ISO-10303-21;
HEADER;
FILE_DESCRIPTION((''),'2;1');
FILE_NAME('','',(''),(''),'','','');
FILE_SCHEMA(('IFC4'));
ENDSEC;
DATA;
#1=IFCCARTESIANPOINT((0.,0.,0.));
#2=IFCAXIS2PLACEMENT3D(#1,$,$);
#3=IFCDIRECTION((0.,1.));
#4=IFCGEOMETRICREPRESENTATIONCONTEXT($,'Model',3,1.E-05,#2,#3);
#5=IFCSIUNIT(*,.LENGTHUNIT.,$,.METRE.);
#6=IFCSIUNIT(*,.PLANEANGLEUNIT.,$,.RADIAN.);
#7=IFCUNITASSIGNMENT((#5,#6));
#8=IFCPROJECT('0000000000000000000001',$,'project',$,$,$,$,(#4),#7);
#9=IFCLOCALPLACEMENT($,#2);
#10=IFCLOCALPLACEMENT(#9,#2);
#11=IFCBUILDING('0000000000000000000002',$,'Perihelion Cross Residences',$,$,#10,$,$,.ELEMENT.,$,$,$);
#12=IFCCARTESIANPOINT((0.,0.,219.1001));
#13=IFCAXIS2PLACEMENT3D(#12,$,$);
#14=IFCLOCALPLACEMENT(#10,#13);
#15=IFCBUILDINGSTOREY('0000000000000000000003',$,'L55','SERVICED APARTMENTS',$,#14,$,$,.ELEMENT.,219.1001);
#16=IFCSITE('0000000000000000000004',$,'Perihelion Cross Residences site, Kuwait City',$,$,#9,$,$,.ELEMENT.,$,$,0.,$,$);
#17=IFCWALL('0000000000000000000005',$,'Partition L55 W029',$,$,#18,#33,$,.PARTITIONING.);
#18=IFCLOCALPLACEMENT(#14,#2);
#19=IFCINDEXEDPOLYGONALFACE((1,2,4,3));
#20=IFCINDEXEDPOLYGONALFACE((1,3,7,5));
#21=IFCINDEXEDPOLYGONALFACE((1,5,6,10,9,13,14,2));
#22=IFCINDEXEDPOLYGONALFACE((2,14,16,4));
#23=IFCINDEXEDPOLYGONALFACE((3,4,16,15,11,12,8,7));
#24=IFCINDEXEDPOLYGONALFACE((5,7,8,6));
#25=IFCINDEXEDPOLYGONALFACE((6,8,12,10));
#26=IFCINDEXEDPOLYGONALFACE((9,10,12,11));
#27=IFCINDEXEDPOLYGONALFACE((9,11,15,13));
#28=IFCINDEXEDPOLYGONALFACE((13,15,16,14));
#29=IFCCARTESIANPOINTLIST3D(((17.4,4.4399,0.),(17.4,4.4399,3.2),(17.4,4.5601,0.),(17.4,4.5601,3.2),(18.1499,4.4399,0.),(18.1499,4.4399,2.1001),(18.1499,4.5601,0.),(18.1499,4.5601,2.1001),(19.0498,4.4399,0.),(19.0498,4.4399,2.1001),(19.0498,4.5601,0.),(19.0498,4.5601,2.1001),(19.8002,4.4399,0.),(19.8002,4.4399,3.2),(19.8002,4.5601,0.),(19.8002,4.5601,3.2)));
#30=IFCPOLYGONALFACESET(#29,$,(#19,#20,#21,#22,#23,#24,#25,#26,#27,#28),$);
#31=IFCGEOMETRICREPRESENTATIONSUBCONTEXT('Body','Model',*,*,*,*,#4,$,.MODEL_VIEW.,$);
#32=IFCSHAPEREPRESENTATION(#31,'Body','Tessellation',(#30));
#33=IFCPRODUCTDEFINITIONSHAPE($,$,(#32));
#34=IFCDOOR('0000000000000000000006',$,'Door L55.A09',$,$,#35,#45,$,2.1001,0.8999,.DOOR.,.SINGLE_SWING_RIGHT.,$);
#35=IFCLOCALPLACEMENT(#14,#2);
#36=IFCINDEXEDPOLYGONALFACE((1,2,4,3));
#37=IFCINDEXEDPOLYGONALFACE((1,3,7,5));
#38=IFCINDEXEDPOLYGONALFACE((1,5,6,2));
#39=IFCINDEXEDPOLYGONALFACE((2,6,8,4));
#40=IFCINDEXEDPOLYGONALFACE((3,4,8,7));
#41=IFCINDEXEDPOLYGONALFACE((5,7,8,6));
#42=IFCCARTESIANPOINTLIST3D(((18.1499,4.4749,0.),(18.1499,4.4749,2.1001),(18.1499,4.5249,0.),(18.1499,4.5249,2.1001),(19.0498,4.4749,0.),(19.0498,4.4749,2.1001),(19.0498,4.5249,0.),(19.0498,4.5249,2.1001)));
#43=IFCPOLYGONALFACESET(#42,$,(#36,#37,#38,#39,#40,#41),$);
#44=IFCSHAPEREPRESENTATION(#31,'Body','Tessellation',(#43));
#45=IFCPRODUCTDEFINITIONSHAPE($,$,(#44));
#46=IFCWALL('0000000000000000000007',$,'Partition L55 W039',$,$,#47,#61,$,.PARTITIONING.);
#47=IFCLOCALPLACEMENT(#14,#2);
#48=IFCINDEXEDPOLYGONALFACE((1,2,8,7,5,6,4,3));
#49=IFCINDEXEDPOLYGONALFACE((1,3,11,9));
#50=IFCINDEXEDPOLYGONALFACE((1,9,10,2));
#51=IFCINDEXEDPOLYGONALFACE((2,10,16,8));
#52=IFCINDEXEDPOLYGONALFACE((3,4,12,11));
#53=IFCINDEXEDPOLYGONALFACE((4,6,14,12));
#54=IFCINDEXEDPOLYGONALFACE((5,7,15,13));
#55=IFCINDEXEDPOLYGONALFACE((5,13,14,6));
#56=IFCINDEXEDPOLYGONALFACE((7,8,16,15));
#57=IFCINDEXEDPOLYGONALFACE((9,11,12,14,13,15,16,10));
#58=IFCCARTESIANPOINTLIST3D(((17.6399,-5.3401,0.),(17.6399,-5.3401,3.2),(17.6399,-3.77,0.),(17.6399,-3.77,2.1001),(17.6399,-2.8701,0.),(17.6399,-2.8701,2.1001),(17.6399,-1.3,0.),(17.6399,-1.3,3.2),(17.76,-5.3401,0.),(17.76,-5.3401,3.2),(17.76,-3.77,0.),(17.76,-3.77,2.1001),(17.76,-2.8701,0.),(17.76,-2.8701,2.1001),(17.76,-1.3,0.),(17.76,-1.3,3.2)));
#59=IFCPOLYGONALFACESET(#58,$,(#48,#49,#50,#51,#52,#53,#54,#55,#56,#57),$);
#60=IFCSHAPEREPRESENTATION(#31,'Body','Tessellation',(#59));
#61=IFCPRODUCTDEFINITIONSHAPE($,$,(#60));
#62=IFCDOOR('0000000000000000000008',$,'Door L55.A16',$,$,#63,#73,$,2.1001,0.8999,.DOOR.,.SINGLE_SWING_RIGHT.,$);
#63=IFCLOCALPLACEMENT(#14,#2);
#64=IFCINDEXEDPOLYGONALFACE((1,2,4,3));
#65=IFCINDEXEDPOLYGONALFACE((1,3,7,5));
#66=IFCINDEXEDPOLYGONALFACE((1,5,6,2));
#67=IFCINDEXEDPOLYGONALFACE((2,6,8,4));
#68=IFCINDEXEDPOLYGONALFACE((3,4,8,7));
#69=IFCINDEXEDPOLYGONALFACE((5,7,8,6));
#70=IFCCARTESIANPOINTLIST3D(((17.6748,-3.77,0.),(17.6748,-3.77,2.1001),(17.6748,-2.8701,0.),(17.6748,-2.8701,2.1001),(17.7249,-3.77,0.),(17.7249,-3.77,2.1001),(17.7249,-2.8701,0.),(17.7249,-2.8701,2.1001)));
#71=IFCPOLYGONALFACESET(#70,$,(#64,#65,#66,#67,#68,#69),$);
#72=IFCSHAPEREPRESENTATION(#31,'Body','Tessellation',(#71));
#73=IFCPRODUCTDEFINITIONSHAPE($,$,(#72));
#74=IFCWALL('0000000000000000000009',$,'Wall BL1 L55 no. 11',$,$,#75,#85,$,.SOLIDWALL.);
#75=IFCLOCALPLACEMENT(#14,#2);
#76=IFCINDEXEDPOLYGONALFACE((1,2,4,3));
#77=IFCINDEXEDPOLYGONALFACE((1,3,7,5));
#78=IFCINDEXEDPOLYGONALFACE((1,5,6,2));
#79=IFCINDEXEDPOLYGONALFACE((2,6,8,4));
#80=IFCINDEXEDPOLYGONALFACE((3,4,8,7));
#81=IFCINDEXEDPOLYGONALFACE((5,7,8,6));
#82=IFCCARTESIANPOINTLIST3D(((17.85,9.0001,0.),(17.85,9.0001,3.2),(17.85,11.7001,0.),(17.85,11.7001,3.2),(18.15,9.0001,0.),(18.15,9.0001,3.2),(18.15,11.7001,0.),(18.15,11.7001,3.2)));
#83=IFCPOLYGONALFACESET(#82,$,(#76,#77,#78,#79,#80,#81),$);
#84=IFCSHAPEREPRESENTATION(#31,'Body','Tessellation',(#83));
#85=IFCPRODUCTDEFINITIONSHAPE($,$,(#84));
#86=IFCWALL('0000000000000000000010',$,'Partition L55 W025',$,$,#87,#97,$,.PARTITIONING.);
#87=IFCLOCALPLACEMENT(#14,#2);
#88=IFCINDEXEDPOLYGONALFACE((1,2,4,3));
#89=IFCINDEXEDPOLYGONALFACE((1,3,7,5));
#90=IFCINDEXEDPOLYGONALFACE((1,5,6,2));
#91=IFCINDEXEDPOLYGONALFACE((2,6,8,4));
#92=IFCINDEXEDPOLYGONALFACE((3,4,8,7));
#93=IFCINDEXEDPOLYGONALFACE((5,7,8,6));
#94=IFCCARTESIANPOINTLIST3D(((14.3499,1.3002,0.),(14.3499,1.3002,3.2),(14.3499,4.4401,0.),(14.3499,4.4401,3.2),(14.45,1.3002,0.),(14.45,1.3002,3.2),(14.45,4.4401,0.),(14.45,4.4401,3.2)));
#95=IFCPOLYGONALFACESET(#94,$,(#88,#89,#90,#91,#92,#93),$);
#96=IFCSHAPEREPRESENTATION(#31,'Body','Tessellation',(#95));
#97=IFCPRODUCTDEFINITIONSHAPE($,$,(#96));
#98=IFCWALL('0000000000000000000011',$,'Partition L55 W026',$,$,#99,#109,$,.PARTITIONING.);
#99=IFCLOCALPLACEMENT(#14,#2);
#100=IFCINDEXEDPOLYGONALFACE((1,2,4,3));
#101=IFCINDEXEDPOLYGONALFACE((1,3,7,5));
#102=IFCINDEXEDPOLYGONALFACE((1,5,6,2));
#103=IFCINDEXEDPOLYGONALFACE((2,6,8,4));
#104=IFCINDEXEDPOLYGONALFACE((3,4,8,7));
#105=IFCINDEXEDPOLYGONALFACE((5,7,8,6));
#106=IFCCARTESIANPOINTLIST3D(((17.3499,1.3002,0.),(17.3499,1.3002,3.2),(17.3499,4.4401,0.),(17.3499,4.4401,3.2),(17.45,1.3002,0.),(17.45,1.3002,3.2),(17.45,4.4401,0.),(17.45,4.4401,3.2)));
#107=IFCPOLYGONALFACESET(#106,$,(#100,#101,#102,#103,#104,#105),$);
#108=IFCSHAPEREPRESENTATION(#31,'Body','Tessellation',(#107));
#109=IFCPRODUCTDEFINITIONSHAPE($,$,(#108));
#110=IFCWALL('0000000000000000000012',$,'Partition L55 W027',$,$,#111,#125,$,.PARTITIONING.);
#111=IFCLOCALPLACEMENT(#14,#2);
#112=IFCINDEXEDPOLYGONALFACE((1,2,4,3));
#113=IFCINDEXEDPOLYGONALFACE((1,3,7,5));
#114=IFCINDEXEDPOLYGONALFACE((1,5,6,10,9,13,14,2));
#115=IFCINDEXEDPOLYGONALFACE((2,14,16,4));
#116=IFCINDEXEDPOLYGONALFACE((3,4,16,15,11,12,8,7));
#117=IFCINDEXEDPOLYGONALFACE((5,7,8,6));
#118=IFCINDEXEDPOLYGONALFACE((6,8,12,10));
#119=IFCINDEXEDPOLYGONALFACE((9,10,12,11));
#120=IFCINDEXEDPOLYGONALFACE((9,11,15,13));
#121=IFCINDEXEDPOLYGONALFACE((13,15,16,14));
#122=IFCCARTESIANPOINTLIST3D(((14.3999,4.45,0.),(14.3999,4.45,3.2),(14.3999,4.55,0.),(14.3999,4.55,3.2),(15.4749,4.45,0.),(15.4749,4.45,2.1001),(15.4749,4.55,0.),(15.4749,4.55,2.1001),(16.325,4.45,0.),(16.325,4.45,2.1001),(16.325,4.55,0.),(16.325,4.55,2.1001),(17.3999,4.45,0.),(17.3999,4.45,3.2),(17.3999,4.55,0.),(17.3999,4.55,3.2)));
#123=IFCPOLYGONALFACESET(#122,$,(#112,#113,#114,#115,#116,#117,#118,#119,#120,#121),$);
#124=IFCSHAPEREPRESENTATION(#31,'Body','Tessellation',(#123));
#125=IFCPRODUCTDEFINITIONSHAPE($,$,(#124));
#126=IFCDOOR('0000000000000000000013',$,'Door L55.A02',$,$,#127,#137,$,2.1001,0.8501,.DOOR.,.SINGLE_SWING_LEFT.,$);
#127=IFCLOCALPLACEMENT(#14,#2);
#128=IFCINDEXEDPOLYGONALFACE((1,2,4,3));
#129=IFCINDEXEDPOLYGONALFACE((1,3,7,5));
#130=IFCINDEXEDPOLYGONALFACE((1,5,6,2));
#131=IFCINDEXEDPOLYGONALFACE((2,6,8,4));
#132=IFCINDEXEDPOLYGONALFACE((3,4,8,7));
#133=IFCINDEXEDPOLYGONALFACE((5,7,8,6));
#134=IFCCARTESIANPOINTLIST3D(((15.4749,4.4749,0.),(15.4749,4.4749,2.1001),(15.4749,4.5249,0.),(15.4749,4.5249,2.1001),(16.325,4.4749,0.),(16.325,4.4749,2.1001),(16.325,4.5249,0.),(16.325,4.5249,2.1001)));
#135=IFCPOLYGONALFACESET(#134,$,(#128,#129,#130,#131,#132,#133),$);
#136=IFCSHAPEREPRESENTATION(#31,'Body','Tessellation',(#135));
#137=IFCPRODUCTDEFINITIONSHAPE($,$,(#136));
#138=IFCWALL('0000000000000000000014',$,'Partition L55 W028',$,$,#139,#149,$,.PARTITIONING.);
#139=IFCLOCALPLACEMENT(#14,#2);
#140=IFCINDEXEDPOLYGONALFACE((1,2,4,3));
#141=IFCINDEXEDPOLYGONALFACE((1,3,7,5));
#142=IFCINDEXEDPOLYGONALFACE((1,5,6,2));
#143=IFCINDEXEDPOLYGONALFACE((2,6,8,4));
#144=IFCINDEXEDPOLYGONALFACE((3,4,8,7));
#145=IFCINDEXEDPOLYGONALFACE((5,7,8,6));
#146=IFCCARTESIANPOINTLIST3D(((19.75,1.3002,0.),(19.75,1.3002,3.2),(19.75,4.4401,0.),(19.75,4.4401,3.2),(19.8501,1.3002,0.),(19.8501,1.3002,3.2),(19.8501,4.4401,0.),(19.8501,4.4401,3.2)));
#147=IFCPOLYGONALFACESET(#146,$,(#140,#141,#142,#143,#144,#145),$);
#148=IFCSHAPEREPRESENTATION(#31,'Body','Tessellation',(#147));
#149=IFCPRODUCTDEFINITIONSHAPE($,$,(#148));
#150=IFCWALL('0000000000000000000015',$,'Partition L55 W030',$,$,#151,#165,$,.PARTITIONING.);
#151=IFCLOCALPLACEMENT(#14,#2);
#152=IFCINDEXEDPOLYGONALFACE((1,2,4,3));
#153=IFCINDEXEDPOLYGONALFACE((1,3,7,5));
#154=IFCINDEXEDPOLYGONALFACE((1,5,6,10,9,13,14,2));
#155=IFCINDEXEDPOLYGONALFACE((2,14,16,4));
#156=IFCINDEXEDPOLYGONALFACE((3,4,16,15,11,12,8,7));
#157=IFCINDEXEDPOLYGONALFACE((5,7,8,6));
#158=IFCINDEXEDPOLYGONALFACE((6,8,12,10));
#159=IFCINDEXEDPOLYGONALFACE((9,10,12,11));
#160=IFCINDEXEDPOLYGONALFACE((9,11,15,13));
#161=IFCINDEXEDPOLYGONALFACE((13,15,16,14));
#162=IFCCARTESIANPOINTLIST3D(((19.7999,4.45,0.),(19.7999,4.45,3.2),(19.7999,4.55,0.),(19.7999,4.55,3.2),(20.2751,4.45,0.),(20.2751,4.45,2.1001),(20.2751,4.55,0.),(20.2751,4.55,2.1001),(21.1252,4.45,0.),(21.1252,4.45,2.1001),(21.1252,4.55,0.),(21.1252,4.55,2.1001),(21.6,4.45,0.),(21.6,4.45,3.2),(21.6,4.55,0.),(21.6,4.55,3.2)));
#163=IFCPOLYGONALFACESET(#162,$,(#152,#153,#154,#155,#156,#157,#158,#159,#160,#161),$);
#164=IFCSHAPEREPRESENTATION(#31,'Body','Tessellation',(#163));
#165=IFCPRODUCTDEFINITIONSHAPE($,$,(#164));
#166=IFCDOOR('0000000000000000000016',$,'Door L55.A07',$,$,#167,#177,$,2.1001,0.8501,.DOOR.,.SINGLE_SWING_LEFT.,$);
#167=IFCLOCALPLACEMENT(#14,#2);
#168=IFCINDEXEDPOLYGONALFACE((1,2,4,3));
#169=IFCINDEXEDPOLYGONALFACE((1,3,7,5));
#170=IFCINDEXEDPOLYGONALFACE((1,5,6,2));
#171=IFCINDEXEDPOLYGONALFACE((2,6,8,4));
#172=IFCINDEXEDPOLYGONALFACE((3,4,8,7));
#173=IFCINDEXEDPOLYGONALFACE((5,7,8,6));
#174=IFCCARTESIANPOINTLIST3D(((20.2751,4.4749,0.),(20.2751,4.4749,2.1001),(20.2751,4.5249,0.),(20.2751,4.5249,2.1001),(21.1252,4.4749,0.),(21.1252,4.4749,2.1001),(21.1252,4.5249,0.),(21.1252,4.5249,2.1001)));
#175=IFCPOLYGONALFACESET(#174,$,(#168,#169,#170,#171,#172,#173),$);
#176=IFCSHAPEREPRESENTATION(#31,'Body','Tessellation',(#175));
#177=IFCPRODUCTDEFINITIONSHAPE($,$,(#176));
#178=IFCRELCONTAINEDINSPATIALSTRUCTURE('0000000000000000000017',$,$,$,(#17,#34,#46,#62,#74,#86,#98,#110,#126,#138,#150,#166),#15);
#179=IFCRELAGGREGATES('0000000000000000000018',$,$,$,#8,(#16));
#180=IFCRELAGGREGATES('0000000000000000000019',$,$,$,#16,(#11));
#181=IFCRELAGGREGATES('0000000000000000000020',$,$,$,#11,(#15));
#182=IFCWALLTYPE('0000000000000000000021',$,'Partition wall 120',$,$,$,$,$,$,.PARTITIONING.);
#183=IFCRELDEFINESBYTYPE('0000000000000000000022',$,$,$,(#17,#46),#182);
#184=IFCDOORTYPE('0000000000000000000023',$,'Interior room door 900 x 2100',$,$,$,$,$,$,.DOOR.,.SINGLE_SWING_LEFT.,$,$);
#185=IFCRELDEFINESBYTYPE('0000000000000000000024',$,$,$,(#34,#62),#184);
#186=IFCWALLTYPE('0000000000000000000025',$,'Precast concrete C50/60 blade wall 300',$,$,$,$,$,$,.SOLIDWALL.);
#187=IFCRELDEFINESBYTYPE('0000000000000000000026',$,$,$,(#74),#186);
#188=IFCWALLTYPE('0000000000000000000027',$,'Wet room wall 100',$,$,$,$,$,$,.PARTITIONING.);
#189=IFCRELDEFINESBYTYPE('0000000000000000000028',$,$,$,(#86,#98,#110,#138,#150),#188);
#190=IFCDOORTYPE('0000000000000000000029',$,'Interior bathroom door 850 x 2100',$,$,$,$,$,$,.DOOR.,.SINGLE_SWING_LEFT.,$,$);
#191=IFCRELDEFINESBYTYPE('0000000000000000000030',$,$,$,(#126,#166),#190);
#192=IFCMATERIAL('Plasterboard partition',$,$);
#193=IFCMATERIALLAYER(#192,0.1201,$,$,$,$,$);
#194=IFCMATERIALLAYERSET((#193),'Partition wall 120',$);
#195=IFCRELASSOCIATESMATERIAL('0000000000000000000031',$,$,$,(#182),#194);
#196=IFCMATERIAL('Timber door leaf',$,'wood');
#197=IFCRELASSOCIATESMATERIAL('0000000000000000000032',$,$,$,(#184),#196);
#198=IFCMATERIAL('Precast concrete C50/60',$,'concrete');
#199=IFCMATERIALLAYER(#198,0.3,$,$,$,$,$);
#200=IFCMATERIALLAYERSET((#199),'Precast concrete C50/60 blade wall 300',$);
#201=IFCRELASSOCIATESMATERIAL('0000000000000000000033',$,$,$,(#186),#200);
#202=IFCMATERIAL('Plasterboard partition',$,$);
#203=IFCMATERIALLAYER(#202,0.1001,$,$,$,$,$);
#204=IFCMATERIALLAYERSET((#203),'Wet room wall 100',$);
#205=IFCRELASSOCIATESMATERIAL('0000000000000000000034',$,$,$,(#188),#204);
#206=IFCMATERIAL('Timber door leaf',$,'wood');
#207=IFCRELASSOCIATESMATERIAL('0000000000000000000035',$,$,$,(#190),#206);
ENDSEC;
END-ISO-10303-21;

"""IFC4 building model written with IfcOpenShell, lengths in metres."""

from ifc_helpers import new_model, si_unit, direction, frame, frame_2d, origin, place, context, subcontext, project, spatial, rectangle, extrude, material, layer, layer_set, type_object, element, fill, save


model = new_model("IFC4")

# Units and contexts
model_context = context("Model", 3, precision=1e-05, world=origin(), true_north=direction((0.0, 1.0)))
body_context = subcontext(model_context, "Body", "Model", "MODEL_VIEW")
ifc_project = project(units=[si_unit("LENGTHUNIT", "METRE"), si_unit("PLANEANGLEUNIT", "RADIAN")], contexts=[model_context])

# Site, building, storey
site_placement = place(None, origin())
site = spatial("IfcSite", under=ifc_project, at=site_placement, Name="Perihelion Cross Residences site, Kuwait City", CompositionType="ELEMENT", RefElevation=0.0)
building_placement = place(site_placement, origin())
building = spatial("IfcBuilding", under=site, at=building_placement, Name="Perihelion Cross Residences", CompositionType="ELEMENT")
storey_placement = place(building_placement, frame((0.0, 0.0, 219.1001)))
storey = spatial("IfcBuildingStorey", under=building, at=storey_placement, Name="L55", Description="SERVICED APARTMENTS", CompositionType="ELEMENT", Elevation=219.1001)

# Walls, openings, doors
ifc_material_1 = material(Name="Plasterboard partition")
ifc_layer_1 = layer(ifc_material_1, 0.1201)
ifc_layer_set_1 = layer_set([ifc_layer_1], Name="Partition wall 120")
wall_type_1 = type_object("IfcWallType", Name="Partition wall 120", PredefinedType="PARTITIONING", material=ifc_layer_set_1)
wall_1_placement = place(storey_placement, frame((17.3999, 4.5, 0.0), z_axis=(0.0, 0.0, 1.0), x_axis=(1.0, 0.0, 0.0)))
wall_1 = element("IfcWall", 1, at=wall_1_placement, inside=storey, type_object=wall_type_1, Name="Partition L55 W029", PredefinedType="PARTITIONING", context=body_context, shape_type="SweptSolid", body=[
    extrude(rectangle(XDim=2.4001, YDim=0.1201, at=frame_2d((1.2002, 0.0))), origin(), (0.0, 0.0, 1.0), 3.2),
])
opening_1_placement = place(wall_1_placement, frame((0.75, 0.0, 0.0)))
opening_1 = element("IfcOpeningElement", 2, at=opening_1_placement, cuts=wall_1, PredefinedType="OPENING", context=body_context, shape_type="SweptSolid", body=[
    extrude(rectangle(XDim=0.8999, YDim=2.1001, at=frame_2d((0.45, 1.05))), frame((0.0, 0.0701, 0.0), z_axis=(0.0, -1.0, 0.0), x_axis=(1.0, 0.0, 0.0)), (0.0, 0.0, 1.0), 0.1401),
])
ifc_material_2 = material(Name="Timber door leaf", Category="wood")
door_type_1 = type_object("IfcDoorType", Name="Interior room door 900 x 2100", OperationType="SINGLE_SWING_LEFT", PredefinedType="DOOR", material=ifc_material_2)
door_1_placement = place(opening_1_placement, origin())
door_1 = element("IfcDoor", 3, at=door_1_placement, inside=storey, type_object=door_type_1, Name="Door L55.A09", OperationType="SINGLE_SWING_RIGHT", OverallHeight=2.1001, OverallWidth=0.8999, PredefinedType="DOOR", context=body_context, shape_type="SweptSolid", body=[
    extrude(rectangle(XDim=0.8999, YDim=2.1001, at=frame_2d((0.45, 1.05))), frame((0.0, 0.0249, 0.0), z_axis=(0.0, -1.0, 0.0), x_axis=(1.0, 0.0, 0.0)), (0.0, 0.0, 1.0), 0.05),
])
fill(opening_1, door_1)
wall_2_placement = place(storey_placement, frame((17.7, -1.3, 0.0), z_axis=(0.0, 0.0, 1.0), x_axis=(0.0, -1.0, 0.0)))
wall_2 = element("IfcWall", 4, at=wall_2_placement, inside=storey, type_object=wall_type_1, Name="Partition L55 W039", PredefinedType="PARTITIONING", context=body_context, shape_type="SweptSolid", body=[
    extrude(rectangle(XDim=4.04, YDim=0.1201, at=frame_2d((2.02, 0.0))), origin(), (0.0, 0.0, 1.0), 3.2),
])
opening_2_placement = place(wall_2_placement, frame((1.5701, 0.0, 0.0)))
opening_2 = element("IfcOpeningElement", 5, at=opening_2_placement, cuts=wall_2, PredefinedType="OPENING", context=body_context, shape_type="SweptSolid", body=[
    extrude(rectangle(XDim=0.8999, YDim=2.1001, at=frame_2d((0.45, 1.05))), frame((0.0, 0.0701, 0.0), z_axis=(0.0, -1.0, 0.0), x_axis=(1.0, 0.0, 0.0)), (0.0, 0.0, 1.0), 0.1401),
])
door_2_placement = place(opening_2_placement, origin())
door_2 = element("IfcDoor", 6, at=door_2_placement, inside=storey, type_object=door_type_1, Name="Door L55.A16", OperationType="SINGLE_SWING_RIGHT", OverallHeight=2.1001, OverallWidth=0.8999, PredefinedType="DOOR", context=body_context, shape_type="SweptSolid", body=[
    extrude(rectangle(XDim=0.8999, YDim=2.1001, at=frame_2d((0.45, 1.05))), frame((0.0, 0.0249, 0.0), z_axis=(0.0, -1.0, 0.0), x_axis=(1.0, 0.0, 0.0)), (0.0, 0.0, 1.0), 0.05),
])
fill(opening_2, door_2)

# Walls
ifc_material_3 = material(Name="Precast concrete C50/60", Category="concrete")
ifc_layer_2 = layer(ifc_material_3, 0.3)
ifc_layer_set_2 = layer_set([ifc_layer_2], Name="Precast concrete C50/60 blade wall 300")
wall_type_2 = type_object("IfcWallType", Name="Precast concrete C50/60 blade wall 300", PredefinedType="SOLIDWALL", material=ifc_layer_set_2)
wall_3_placement = place(storey_placement, frame((18.0, 9.0, 0.0), z_axis=(0.0, 0.0, 1.0), x_axis=(0.0, 1.0, 0.0)))
element("IfcWall", 7, at=wall_3_placement, inside=storey, type_object=wall_type_2, Name="Wall BL1 L55 no. 11", PredefinedType="SOLIDWALL", context=body_context, shape_type="SweptSolid", body=[
    extrude(rectangle(XDim=2.7, YDim=0.3, at=frame_2d((1.3501, 0.0))), origin(), (0.0, 0.0, 1.0), 3.2),
])
ifc_material_4 = material(Name="Plasterboard partition")
ifc_layer_3 = layer(ifc_material_4, 0.1001)
ifc_layer_set_3 = layer_set([ifc_layer_3], Name="Wet room wall 100")
wall_type_3 = type_object("IfcWallType", Name="Wet room wall 100", PredefinedType="PARTITIONING", material=ifc_layer_set_3)
for number, where, z_axis, x_axis, name in (
    (8, (14.3999, 4.4399, 0.0), (0.0, 0.0, 1.0), (0.0, -1.0, 0.0), "Partition L55 W025"),
    (9, (17.3999, 4.4399, 0.0), (0.0, 0.0, 1.0), (0.0, -1.0, 0.0), "Partition L55 W026"),
):
    element("IfcWall", number, at=place(storey_placement, frame(where, z_axis=z_axis, x_axis=x_axis)), inside=storey, type_object=wall_type_3, Name=name, PredefinedType="PARTITIONING", context=body_context, shape_type="SweptSolid", body=[
        extrude(rectangle(XDim=3.1399, YDim=0.1001, at=frame_2d((1.5698, 0.0))), origin(), (0.0, 0.0, 1.0), 3.2),
    ])

# Wall, opening, door
wall_4_placement = place(storey_placement, frame((14.3999, 4.5, 0.0), z_axis=(0.0, 0.0, 1.0), x_axis=(1.0, 0.0, 0.0)))
wall_4 = element("IfcWall", 10, at=wall_4_placement, inside=storey, type_object=wall_type_3, Name="Partition L55 W027", PredefinedType="PARTITIONING", context=body_context, shape_type="SweptSolid", body=[
    extrude(rectangle(XDim=3.0, YDim=0.1001, at=frame_2d((1.5, 0.0))), origin(), (0.0, 0.0, 1.0), 3.2),
])
opening_3_placement = place(wall_4_placement, frame((1.075, 0.0, 0.0)))
opening_3 = element("IfcOpeningElement", 11, at=opening_3_placement, cuts=wall_4, PredefinedType="OPENING", context=body_context, shape_type="SweptSolid", body=[
    extrude(rectangle(XDim=0.8501, YDim=2.1001, at=frame_2d((0.425, 1.05))), frame((0.0, 0.0601, 0.0), z_axis=(0.0, -1.0, 0.0), x_axis=(1.0, 0.0, 0.0)), (0.0, 0.0, 1.0), 0.1201),
])
ifc_material_5 = material(Name="Timber door leaf", Category="wood")
door_type_2 = type_object("IfcDoorType", Name="Interior bathroom door 850 x 2100", OperationType="SINGLE_SWING_LEFT", PredefinedType="DOOR", material=ifc_material_5)
door_3_placement = place(opening_3_placement, origin())
door_3 = element("IfcDoor", 12, at=door_3_placement, inside=storey, type_object=door_type_2, Name="Door L55.A02", OperationType="SINGLE_SWING_LEFT", OverallHeight=2.1001, OverallWidth=0.8501, PredefinedType="DOOR", context=body_context, shape_type="SweptSolid", body=[
    extrude(rectangle(XDim=0.8501, YDim=2.1001, at=frame_2d((0.425, 1.05))), frame((0.0, 0.0249, 0.0), z_axis=(0.0, -1.0, 0.0), x_axis=(1.0, 0.0, 0.0)), (0.0, 0.0, 1.0), 0.05),
])
fill(opening_3, door_3)

# Wall
wall_5_placement = place(storey_placement, frame((19.8, 4.4399, 0.0), z_axis=(0.0, 0.0, 1.0), x_axis=(0.0, -1.0, 0.0)))
element("IfcWall", 13, at=wall_5_placement, inside=storey, type_object=wall_type_3, Name="Partition L55 W028", PredefinedType="PARTITIONING", context=body_context, shape_type="SweptSolid", body=[
    extrude(rectangle(XDim=3.1399, YDim=0.1001, at=frame_2d((1.5698, 0.0))), origin(), (0.0, 0.0, 1.0), 3.2),
])

# Wall, opening, door
wall_6_placement = place(storey_placement, frame((19.8, 4.5, 0.0), z_axis=(0.0, 0.0, 1.0), x_axis=(1.0, 0.0, 0.0)))
wall_6 = element("IfcWall", 14, at=wall_6_placement, inside=storey, type_object=wall_type_3, Name="Partition L55 W030", PredefinedType="PARTITIONING", context=body_context, shape_type="SweptSolid", body=[
    extrude(rectangle(XDim=1.8, YDim=0.1001, at=frame_2d((0.8999, 0.0))), origin(), (0.0, 0.0, 1.0), 3.2),
])
opening_4_placement = place(wall_6_placement, frame((0.4751, 0.0, 0.0)))
opening_4 = element("IfcOpeningElement", 15, at=opening_4_placement, cuts=wall_6, PredefinedType="OPENING", context=body_context, shape_type="SweptSolid", body=[
    extrude(rectangle(XDim=0.8501, YDim=2.1001, at=frame_2d((0.425, 1.05))), frame((0.0, 0.0601, 0.0), z_axis=(0.0, -1.0, 0.0), x_axis=(1.0, 0.0, 0.0)), (0.0, 0.0, 1.0), 0.1201),
])
door_4_placement = place(opening_4_placement, origin())
door_4 = element("IfcDoor", 16, at=door_4_placement, inside=storey, type_object=door_type_2, Name="Door L55.A07", OperationType="SINGLE_SWING_LEFT", OverallHeight=2.1001, OverallWidth=0.8501, PredefinedType="DOOR", context=body_context, shape_type="SweptSolid", body=[
    extrude(rectangle(XDim=0.8501, YDim=2.1001, at=frame_2d((0.425, 1.05))), frame((0.0, 0.0249, 0.0), z_axis=(0.0, -1.0, 0.0), x_axis=(1.0, 0.0, 0.0)), (0.0, 0.0, 1.0), 0.05),
])
fill(opening_4, door_4)

save(model, "model.ifc")
